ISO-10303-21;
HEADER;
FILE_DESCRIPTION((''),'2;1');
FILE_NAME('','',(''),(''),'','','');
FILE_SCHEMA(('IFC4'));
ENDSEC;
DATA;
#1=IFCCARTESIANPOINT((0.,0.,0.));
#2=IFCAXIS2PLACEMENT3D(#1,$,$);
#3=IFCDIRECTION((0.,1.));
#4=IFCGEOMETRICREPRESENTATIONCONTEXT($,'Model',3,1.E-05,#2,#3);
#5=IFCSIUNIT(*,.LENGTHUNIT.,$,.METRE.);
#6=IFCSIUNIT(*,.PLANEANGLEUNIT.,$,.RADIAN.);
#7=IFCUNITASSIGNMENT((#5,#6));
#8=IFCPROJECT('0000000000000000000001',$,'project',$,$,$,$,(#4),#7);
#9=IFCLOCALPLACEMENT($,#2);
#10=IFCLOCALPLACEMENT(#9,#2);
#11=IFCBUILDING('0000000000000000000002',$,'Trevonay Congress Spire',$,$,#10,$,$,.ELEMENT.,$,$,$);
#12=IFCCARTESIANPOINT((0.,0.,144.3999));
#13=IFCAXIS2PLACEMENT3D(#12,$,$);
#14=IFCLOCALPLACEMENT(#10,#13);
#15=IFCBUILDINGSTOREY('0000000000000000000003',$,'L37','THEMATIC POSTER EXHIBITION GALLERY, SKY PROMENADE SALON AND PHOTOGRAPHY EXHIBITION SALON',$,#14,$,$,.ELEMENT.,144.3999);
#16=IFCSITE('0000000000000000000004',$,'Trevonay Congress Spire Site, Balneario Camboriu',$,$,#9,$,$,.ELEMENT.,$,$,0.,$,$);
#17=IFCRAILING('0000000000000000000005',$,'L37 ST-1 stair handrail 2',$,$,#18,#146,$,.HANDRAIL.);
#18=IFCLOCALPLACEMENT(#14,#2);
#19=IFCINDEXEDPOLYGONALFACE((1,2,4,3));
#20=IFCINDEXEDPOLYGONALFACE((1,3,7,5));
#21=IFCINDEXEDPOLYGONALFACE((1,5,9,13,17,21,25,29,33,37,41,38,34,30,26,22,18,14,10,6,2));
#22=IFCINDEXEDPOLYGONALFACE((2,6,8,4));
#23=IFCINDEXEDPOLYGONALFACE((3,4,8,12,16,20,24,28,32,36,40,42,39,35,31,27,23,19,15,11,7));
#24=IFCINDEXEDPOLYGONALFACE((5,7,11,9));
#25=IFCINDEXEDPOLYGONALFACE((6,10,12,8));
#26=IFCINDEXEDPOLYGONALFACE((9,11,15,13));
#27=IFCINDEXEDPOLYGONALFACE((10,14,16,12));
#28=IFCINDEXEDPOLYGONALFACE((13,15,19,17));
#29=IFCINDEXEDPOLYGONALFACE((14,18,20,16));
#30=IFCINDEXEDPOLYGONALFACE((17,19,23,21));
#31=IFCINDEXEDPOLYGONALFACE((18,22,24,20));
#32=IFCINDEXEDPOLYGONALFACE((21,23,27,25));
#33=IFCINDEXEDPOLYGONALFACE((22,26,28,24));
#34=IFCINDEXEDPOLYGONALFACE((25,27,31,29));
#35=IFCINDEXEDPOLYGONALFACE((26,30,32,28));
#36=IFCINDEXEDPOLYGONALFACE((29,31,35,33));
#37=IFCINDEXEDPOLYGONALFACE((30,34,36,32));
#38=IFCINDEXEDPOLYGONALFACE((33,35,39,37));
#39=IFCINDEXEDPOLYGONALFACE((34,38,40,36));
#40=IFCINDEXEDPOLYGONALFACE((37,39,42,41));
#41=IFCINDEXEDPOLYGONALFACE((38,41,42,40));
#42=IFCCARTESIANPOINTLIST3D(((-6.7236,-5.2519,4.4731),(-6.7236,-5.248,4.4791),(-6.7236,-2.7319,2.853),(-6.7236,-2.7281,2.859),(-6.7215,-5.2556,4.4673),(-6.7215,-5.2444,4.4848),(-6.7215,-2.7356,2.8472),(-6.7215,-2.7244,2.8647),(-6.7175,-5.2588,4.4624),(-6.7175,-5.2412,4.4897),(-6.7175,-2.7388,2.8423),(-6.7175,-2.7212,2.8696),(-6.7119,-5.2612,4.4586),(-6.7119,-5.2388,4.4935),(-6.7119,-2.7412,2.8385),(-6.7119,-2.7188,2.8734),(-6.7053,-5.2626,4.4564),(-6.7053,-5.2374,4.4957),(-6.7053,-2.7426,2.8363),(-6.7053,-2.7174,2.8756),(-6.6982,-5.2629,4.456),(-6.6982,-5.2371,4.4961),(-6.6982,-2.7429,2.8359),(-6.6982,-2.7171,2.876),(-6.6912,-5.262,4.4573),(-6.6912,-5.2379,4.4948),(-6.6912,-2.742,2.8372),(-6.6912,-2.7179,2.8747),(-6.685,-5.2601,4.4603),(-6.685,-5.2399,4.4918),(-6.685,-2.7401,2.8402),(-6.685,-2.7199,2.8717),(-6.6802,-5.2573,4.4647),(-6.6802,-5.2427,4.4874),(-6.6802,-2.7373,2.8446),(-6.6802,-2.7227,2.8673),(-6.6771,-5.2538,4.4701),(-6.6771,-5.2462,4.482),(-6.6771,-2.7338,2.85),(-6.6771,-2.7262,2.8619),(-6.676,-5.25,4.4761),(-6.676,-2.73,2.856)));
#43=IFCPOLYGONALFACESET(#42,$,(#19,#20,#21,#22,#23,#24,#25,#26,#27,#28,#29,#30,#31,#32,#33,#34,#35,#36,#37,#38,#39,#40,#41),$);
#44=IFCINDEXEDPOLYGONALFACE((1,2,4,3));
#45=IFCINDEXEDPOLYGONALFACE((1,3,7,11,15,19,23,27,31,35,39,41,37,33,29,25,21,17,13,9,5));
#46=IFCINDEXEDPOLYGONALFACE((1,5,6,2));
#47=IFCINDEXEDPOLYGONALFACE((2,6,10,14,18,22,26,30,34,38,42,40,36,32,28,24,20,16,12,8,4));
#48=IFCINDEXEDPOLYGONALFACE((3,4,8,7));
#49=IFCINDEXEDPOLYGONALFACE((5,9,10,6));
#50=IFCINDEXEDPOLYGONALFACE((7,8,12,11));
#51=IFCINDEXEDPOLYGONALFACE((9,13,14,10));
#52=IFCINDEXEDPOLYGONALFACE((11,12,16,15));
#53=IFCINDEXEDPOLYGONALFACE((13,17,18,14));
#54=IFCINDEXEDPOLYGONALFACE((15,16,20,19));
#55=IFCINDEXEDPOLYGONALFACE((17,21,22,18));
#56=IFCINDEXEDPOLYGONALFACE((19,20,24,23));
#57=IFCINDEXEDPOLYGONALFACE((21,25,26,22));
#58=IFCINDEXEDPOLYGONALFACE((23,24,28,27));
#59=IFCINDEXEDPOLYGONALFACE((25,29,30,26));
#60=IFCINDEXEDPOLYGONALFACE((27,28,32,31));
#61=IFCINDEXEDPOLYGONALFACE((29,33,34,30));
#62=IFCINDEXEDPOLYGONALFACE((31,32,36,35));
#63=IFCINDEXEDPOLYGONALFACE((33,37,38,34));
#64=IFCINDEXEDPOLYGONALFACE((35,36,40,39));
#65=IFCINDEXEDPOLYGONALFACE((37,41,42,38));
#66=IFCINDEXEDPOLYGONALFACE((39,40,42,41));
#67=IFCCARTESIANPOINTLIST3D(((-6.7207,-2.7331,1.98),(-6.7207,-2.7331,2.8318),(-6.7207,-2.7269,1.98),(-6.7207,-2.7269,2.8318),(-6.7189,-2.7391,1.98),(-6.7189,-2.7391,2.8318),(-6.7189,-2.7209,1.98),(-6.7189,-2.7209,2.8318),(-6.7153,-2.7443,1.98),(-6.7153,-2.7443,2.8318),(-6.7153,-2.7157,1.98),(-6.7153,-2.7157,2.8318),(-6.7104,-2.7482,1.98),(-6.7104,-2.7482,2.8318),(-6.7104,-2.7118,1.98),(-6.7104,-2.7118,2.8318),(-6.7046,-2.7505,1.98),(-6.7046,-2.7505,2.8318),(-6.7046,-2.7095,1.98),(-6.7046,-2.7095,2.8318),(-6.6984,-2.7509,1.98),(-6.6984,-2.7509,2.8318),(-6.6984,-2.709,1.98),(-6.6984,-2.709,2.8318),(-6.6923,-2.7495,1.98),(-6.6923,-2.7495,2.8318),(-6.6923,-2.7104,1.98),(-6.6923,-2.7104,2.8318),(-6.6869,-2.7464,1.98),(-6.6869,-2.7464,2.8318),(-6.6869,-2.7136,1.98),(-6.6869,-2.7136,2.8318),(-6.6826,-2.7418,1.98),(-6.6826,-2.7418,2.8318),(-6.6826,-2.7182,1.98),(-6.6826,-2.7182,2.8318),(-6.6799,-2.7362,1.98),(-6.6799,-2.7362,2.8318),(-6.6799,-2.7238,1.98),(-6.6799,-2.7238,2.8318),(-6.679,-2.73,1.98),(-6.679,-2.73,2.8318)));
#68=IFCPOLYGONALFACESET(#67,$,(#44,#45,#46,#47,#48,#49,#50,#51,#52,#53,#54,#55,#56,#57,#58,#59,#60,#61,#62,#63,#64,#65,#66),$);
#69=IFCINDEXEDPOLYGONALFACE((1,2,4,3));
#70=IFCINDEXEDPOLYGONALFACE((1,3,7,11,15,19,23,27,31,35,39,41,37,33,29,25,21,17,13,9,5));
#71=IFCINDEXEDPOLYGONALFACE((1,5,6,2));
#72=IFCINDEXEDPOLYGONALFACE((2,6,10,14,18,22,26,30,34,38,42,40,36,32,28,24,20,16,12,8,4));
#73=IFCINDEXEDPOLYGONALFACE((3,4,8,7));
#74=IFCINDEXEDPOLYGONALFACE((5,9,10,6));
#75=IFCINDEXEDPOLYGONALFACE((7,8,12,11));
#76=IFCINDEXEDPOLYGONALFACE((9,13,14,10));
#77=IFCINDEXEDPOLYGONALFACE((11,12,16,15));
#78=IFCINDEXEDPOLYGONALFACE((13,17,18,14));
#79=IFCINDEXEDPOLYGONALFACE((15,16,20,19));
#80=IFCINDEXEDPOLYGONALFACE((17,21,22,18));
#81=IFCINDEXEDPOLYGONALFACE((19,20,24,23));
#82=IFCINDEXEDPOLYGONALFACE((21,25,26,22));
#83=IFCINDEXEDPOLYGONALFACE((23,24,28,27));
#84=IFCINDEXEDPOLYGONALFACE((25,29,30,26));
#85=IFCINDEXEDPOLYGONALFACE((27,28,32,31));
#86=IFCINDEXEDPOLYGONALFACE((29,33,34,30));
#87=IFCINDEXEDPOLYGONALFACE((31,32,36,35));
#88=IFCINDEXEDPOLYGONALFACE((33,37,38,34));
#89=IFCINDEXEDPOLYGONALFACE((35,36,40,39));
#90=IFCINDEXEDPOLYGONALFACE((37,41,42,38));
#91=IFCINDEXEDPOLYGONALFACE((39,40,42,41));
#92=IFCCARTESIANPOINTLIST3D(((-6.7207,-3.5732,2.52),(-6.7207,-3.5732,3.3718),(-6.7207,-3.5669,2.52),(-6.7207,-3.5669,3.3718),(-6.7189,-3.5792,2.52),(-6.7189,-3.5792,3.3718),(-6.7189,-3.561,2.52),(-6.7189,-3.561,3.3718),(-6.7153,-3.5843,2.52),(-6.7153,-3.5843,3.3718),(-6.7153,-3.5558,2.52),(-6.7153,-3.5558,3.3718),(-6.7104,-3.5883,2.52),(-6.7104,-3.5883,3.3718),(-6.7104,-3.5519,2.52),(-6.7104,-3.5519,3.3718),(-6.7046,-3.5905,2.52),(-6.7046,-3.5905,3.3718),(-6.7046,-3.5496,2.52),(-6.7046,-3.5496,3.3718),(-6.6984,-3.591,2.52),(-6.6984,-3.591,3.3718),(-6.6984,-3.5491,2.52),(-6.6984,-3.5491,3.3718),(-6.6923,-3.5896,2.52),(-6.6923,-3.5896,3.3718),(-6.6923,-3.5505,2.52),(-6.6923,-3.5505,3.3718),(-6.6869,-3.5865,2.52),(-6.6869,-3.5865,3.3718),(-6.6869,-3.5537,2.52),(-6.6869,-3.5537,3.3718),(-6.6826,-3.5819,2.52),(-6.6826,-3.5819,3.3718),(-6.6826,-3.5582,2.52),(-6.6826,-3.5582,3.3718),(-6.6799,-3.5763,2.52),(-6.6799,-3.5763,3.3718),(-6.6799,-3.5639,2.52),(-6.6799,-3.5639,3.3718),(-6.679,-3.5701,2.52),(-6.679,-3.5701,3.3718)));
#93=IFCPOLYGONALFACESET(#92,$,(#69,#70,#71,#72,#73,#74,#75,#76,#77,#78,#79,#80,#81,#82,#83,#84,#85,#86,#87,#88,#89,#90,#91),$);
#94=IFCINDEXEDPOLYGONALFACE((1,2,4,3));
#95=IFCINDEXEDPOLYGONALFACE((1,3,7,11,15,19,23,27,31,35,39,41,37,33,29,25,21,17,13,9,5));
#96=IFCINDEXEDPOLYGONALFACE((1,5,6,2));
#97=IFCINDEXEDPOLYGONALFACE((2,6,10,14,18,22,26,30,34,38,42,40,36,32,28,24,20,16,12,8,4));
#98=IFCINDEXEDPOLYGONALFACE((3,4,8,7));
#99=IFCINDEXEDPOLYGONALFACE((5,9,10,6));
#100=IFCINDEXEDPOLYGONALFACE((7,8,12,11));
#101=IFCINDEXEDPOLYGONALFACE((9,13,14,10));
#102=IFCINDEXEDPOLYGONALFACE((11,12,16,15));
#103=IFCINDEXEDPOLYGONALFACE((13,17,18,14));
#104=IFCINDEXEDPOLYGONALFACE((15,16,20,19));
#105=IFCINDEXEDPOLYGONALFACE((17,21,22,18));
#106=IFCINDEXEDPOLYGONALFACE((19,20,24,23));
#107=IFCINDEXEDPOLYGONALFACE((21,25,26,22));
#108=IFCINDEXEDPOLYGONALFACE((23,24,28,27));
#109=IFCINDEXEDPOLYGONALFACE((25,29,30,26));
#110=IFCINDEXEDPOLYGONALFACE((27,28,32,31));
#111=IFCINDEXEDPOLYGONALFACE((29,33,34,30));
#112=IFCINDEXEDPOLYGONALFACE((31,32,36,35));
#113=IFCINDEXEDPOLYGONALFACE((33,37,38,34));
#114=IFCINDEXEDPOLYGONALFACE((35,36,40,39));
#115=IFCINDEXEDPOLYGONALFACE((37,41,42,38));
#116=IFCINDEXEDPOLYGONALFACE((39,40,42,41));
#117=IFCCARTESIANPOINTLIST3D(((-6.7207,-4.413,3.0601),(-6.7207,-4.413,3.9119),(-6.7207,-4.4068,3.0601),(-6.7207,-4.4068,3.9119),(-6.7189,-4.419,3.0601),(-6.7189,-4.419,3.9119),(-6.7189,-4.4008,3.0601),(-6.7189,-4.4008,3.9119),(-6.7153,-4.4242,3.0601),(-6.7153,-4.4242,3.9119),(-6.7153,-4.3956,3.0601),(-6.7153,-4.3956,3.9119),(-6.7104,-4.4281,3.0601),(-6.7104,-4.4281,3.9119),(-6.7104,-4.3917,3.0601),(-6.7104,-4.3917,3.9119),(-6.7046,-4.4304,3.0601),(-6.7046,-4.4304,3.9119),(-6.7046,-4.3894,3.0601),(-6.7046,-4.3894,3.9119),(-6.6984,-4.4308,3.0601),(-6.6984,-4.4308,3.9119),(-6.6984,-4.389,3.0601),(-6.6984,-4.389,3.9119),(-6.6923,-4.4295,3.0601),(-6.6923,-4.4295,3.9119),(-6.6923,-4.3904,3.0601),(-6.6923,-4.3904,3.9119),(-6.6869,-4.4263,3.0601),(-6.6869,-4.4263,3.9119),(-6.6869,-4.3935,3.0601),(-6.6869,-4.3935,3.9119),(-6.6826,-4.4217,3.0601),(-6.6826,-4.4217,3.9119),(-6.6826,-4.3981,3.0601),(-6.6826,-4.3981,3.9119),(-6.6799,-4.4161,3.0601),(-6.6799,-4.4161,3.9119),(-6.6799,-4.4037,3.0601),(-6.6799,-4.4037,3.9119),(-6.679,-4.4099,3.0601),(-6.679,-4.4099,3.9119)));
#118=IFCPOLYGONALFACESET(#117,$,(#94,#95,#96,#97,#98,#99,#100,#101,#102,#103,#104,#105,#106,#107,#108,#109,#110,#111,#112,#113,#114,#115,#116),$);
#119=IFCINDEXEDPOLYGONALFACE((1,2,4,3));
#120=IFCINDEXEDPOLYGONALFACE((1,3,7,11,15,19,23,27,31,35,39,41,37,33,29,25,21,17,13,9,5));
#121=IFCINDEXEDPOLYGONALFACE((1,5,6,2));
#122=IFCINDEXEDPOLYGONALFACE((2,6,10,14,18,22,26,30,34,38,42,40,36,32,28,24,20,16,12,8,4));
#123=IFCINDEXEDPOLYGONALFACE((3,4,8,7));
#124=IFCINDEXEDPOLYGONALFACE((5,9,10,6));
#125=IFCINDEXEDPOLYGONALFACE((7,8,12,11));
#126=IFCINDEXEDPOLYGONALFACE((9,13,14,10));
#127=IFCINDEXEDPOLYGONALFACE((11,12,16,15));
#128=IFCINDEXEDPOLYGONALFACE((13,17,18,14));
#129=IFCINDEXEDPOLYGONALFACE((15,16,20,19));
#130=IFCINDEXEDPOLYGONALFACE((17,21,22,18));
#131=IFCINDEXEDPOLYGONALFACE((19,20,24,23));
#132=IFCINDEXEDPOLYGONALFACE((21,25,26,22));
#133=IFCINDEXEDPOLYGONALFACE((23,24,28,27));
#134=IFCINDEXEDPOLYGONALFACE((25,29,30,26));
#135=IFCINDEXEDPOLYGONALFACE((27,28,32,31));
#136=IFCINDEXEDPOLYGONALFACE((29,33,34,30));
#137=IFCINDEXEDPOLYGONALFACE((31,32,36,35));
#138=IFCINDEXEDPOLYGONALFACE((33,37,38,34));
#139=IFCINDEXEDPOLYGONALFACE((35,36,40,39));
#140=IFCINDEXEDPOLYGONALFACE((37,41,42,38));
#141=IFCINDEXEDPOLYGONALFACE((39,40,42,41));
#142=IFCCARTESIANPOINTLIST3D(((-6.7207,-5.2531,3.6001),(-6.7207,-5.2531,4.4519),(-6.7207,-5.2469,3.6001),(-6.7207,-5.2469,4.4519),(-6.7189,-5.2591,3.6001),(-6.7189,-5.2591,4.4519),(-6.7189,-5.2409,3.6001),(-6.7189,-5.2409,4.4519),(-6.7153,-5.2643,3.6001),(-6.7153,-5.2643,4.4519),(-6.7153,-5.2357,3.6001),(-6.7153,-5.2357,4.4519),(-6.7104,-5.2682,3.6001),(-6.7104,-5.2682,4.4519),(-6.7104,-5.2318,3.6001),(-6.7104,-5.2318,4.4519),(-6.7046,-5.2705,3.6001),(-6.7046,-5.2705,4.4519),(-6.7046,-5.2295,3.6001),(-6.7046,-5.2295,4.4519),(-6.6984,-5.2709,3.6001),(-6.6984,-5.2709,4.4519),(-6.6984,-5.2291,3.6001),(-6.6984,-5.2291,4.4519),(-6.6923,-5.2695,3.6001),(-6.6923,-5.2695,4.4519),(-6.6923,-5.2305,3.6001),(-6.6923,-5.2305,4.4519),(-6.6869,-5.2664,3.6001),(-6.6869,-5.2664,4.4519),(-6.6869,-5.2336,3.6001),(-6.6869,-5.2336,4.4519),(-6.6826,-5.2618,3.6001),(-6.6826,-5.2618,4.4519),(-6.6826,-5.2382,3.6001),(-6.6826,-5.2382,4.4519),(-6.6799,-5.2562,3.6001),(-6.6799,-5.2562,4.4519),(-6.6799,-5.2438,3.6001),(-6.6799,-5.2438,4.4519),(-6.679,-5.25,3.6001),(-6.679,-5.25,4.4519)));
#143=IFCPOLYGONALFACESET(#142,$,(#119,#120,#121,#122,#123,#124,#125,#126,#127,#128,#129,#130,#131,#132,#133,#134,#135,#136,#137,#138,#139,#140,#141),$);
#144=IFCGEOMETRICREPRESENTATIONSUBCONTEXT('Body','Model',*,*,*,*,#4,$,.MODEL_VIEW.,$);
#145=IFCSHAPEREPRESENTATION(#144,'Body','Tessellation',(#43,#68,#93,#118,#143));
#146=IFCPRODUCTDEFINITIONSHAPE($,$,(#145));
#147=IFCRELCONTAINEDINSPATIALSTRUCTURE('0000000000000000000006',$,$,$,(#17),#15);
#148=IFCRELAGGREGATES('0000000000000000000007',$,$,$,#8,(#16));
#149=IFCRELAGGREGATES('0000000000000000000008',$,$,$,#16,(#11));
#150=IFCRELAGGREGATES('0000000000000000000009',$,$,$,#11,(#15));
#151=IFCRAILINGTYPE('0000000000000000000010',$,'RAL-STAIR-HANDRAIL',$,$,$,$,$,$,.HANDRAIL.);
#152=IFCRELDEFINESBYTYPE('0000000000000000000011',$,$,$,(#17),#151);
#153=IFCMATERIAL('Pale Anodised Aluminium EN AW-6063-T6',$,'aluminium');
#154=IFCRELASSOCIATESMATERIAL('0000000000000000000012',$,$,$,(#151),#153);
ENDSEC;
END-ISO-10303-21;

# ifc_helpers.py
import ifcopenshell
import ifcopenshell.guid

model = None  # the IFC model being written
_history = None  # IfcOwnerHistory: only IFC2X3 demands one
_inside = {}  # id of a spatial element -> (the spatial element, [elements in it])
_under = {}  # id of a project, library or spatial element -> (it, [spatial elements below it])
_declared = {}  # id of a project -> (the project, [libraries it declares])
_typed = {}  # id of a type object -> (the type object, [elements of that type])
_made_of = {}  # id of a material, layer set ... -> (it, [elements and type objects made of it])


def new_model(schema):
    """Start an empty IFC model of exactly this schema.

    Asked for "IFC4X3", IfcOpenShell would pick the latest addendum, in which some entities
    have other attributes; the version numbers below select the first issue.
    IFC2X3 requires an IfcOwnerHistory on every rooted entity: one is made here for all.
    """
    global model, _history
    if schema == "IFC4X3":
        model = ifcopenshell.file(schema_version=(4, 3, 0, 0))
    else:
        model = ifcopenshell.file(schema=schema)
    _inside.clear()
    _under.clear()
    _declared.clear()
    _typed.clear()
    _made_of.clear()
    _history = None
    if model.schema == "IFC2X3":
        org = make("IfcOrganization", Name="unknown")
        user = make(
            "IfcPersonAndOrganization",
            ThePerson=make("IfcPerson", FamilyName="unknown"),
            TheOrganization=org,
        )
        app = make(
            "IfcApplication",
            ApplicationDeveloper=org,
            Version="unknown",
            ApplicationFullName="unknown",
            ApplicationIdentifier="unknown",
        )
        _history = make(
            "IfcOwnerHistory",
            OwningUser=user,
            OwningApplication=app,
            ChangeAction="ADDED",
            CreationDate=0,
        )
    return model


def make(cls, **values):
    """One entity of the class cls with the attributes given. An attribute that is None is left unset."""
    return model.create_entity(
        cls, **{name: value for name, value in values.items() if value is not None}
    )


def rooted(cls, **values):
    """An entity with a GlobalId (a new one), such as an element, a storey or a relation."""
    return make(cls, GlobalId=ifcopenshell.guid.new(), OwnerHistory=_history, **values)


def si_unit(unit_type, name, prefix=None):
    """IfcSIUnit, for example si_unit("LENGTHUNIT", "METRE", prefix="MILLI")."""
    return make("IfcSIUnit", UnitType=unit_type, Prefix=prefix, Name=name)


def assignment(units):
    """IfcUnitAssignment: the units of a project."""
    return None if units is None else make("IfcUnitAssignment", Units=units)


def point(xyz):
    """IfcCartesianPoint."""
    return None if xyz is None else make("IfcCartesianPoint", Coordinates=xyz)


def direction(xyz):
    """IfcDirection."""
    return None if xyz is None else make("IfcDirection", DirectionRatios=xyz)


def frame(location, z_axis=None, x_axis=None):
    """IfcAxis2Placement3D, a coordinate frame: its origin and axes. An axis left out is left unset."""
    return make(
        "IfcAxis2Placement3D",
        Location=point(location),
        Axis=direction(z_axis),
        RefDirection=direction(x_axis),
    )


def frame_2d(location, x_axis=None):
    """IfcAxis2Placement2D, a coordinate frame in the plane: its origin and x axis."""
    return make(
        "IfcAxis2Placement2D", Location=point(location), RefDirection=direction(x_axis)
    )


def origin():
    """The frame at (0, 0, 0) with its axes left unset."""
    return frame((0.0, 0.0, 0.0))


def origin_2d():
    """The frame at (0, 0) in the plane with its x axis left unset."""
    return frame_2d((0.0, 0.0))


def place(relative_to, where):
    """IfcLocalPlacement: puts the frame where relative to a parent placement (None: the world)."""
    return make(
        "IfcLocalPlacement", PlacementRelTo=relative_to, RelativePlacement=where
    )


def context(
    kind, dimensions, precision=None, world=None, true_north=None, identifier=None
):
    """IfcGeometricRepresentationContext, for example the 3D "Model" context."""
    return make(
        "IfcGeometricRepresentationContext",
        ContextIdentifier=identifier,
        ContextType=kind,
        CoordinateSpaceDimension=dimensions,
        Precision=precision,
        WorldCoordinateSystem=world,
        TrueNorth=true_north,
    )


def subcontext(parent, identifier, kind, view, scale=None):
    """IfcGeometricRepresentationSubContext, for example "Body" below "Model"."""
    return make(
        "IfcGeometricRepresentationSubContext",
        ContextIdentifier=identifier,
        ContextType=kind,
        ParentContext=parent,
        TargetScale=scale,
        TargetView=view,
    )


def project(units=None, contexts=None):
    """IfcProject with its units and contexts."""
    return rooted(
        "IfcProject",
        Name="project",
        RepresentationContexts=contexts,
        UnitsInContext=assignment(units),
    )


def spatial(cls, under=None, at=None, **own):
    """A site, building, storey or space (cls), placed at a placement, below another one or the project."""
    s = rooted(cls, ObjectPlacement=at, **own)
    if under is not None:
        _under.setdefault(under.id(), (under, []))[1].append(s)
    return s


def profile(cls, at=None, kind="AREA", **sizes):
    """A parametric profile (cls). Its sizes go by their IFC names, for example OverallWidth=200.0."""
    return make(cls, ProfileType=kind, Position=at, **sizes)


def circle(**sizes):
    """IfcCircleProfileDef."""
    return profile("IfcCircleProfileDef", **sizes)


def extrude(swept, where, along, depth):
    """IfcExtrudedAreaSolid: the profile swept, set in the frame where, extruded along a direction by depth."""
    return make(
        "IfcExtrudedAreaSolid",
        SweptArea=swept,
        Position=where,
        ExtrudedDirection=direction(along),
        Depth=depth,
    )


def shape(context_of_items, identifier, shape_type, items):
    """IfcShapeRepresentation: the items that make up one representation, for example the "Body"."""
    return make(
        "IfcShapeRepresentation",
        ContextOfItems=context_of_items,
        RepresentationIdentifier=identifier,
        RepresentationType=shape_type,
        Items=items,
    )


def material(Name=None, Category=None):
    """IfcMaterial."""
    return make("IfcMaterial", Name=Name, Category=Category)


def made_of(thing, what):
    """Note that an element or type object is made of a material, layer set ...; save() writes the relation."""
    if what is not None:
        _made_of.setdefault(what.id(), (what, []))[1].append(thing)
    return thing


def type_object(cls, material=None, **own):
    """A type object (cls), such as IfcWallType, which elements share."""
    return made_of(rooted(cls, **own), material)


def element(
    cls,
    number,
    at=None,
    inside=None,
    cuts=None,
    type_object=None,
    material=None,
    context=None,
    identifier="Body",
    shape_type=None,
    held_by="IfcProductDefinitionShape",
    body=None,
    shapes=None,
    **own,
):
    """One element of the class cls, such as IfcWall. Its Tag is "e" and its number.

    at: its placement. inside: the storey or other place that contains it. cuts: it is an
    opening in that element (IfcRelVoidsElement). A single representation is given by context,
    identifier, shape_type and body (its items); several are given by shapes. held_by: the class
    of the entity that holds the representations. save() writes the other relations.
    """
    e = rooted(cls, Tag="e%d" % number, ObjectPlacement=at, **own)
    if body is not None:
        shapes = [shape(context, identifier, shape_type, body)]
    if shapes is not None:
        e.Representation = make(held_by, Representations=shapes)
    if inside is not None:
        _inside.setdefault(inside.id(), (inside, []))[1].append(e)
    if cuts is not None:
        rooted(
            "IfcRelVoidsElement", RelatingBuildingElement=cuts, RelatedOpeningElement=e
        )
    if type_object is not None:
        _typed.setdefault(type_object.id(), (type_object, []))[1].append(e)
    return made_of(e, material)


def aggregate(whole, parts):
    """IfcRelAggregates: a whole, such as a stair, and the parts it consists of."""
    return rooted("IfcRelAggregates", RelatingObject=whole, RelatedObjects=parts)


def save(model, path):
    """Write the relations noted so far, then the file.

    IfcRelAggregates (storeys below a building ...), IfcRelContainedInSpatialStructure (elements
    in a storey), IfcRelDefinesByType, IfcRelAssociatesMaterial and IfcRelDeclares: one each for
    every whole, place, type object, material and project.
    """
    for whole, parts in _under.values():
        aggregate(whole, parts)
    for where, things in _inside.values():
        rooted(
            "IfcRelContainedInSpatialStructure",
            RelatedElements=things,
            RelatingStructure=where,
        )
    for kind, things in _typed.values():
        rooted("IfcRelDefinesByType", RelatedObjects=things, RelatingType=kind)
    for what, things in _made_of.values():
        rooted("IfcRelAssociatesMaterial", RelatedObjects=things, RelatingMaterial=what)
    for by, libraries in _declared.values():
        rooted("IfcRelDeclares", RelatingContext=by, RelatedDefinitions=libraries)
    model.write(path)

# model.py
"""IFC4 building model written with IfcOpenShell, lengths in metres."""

from ifc_helpers import new_model, si_unit, direction, frame, origin, origin_2d, place, context, subcontext, project, spatial, circle, extrude, material, type_object, element, save


model = new_model("IFC4")

# Units and contexts
model_context = context("Model", 3, precision=1e-05, world=origin(), true_north=direction((0.0, 1.0)))
body_context = subcontext(model_context, "Body", "Model", "MODEL_VIEW")
ifc_project = project(units=[si_unit("LENGTHUNIT", "METRE"), si_unit("PLANEANGLEUNIT", "RADIAN")], contexts=[model_context])

# Site, building, storey
site_placement = place(None, origin())
site = spatial("IfcSite", under=ifc_project, at=site_placement, Name="Trevonay Congress Spire Site, Balneario Camboriu", CompositionType="ELEMENT", RefElevation=0.0)
building_placement = place(site_placement, origin())
building = spatial("IfcBuilding", under=site, at=building_placement, Name="Trevonay Congress Spire", CompositionType="ELEMENT")
storey_placement = place(building_placement, frame((0.0, 0.0, 144.3999)))
storey = spatial("IfcBuildingStorey", under=building, at=storey_placement, Name="L37", Description="THEMATIC POSTER EXHIBITION GALLERY, SKY PROMENADE SALON AND PHOTOGRAPHY EXHIBITION SALON", CompositionType="ELEMENT", Elevation=144.3999)

# Railing
ifc_material_1 = material(Name="Pale Anodised Aluminium EN AW-6063-T6", Category="aluminium")
railing_type_1 = type_object("IfcRailingType", Name="RAL-STAIR-HANDRAIL", PredefinedType="HANDRAIL", material=ifc_material_1)
railing_1_placement = place(storey_placement, frame((-6.7, -2.73, 1.98)))
element("IfcRailing", 1, at=railing_1_placement, inside=storey, type_object=railing_type_1, Name="L37 ST-1 stair handrail 2", PredefinedType="HANDRAIL", context=body_context, shape_type="SweptSolid", body=[
    extrude(circle(Radius=0.0239, at=origin_2d()), frame((0.0, 0.0, 0.876), z_axis=(0.0, -0.841163, 0.540782), x_axis=(1.0, 0.0, 0.0)), (0.0, 0.0, 1.0), 2.9958),
    extrude(circle(Radius=0.021, at=origin_2d()), origin(), (0.0, 0.0, 1.0), 0.8518),
    extrude(circle(Radius=0.021, at=origin_2d()), frame((0.0, -0.8401, 0.54)), (0.0, 0.0, 1.0), 0.8518),
    extrude(circle(Radius=0.021, at=origin_2d()), frame((0.0, -1.6799, 1.0801)), (0.0, 0.0, 1.0), 0.8518),
    extrude(circle(Radius=0.021, at=origin_2d()), frame((0.0, -2.52, 1.6201)), (0.0, 0.0, 1.0), 0.8518),
])

save(model, "model.ifc")
